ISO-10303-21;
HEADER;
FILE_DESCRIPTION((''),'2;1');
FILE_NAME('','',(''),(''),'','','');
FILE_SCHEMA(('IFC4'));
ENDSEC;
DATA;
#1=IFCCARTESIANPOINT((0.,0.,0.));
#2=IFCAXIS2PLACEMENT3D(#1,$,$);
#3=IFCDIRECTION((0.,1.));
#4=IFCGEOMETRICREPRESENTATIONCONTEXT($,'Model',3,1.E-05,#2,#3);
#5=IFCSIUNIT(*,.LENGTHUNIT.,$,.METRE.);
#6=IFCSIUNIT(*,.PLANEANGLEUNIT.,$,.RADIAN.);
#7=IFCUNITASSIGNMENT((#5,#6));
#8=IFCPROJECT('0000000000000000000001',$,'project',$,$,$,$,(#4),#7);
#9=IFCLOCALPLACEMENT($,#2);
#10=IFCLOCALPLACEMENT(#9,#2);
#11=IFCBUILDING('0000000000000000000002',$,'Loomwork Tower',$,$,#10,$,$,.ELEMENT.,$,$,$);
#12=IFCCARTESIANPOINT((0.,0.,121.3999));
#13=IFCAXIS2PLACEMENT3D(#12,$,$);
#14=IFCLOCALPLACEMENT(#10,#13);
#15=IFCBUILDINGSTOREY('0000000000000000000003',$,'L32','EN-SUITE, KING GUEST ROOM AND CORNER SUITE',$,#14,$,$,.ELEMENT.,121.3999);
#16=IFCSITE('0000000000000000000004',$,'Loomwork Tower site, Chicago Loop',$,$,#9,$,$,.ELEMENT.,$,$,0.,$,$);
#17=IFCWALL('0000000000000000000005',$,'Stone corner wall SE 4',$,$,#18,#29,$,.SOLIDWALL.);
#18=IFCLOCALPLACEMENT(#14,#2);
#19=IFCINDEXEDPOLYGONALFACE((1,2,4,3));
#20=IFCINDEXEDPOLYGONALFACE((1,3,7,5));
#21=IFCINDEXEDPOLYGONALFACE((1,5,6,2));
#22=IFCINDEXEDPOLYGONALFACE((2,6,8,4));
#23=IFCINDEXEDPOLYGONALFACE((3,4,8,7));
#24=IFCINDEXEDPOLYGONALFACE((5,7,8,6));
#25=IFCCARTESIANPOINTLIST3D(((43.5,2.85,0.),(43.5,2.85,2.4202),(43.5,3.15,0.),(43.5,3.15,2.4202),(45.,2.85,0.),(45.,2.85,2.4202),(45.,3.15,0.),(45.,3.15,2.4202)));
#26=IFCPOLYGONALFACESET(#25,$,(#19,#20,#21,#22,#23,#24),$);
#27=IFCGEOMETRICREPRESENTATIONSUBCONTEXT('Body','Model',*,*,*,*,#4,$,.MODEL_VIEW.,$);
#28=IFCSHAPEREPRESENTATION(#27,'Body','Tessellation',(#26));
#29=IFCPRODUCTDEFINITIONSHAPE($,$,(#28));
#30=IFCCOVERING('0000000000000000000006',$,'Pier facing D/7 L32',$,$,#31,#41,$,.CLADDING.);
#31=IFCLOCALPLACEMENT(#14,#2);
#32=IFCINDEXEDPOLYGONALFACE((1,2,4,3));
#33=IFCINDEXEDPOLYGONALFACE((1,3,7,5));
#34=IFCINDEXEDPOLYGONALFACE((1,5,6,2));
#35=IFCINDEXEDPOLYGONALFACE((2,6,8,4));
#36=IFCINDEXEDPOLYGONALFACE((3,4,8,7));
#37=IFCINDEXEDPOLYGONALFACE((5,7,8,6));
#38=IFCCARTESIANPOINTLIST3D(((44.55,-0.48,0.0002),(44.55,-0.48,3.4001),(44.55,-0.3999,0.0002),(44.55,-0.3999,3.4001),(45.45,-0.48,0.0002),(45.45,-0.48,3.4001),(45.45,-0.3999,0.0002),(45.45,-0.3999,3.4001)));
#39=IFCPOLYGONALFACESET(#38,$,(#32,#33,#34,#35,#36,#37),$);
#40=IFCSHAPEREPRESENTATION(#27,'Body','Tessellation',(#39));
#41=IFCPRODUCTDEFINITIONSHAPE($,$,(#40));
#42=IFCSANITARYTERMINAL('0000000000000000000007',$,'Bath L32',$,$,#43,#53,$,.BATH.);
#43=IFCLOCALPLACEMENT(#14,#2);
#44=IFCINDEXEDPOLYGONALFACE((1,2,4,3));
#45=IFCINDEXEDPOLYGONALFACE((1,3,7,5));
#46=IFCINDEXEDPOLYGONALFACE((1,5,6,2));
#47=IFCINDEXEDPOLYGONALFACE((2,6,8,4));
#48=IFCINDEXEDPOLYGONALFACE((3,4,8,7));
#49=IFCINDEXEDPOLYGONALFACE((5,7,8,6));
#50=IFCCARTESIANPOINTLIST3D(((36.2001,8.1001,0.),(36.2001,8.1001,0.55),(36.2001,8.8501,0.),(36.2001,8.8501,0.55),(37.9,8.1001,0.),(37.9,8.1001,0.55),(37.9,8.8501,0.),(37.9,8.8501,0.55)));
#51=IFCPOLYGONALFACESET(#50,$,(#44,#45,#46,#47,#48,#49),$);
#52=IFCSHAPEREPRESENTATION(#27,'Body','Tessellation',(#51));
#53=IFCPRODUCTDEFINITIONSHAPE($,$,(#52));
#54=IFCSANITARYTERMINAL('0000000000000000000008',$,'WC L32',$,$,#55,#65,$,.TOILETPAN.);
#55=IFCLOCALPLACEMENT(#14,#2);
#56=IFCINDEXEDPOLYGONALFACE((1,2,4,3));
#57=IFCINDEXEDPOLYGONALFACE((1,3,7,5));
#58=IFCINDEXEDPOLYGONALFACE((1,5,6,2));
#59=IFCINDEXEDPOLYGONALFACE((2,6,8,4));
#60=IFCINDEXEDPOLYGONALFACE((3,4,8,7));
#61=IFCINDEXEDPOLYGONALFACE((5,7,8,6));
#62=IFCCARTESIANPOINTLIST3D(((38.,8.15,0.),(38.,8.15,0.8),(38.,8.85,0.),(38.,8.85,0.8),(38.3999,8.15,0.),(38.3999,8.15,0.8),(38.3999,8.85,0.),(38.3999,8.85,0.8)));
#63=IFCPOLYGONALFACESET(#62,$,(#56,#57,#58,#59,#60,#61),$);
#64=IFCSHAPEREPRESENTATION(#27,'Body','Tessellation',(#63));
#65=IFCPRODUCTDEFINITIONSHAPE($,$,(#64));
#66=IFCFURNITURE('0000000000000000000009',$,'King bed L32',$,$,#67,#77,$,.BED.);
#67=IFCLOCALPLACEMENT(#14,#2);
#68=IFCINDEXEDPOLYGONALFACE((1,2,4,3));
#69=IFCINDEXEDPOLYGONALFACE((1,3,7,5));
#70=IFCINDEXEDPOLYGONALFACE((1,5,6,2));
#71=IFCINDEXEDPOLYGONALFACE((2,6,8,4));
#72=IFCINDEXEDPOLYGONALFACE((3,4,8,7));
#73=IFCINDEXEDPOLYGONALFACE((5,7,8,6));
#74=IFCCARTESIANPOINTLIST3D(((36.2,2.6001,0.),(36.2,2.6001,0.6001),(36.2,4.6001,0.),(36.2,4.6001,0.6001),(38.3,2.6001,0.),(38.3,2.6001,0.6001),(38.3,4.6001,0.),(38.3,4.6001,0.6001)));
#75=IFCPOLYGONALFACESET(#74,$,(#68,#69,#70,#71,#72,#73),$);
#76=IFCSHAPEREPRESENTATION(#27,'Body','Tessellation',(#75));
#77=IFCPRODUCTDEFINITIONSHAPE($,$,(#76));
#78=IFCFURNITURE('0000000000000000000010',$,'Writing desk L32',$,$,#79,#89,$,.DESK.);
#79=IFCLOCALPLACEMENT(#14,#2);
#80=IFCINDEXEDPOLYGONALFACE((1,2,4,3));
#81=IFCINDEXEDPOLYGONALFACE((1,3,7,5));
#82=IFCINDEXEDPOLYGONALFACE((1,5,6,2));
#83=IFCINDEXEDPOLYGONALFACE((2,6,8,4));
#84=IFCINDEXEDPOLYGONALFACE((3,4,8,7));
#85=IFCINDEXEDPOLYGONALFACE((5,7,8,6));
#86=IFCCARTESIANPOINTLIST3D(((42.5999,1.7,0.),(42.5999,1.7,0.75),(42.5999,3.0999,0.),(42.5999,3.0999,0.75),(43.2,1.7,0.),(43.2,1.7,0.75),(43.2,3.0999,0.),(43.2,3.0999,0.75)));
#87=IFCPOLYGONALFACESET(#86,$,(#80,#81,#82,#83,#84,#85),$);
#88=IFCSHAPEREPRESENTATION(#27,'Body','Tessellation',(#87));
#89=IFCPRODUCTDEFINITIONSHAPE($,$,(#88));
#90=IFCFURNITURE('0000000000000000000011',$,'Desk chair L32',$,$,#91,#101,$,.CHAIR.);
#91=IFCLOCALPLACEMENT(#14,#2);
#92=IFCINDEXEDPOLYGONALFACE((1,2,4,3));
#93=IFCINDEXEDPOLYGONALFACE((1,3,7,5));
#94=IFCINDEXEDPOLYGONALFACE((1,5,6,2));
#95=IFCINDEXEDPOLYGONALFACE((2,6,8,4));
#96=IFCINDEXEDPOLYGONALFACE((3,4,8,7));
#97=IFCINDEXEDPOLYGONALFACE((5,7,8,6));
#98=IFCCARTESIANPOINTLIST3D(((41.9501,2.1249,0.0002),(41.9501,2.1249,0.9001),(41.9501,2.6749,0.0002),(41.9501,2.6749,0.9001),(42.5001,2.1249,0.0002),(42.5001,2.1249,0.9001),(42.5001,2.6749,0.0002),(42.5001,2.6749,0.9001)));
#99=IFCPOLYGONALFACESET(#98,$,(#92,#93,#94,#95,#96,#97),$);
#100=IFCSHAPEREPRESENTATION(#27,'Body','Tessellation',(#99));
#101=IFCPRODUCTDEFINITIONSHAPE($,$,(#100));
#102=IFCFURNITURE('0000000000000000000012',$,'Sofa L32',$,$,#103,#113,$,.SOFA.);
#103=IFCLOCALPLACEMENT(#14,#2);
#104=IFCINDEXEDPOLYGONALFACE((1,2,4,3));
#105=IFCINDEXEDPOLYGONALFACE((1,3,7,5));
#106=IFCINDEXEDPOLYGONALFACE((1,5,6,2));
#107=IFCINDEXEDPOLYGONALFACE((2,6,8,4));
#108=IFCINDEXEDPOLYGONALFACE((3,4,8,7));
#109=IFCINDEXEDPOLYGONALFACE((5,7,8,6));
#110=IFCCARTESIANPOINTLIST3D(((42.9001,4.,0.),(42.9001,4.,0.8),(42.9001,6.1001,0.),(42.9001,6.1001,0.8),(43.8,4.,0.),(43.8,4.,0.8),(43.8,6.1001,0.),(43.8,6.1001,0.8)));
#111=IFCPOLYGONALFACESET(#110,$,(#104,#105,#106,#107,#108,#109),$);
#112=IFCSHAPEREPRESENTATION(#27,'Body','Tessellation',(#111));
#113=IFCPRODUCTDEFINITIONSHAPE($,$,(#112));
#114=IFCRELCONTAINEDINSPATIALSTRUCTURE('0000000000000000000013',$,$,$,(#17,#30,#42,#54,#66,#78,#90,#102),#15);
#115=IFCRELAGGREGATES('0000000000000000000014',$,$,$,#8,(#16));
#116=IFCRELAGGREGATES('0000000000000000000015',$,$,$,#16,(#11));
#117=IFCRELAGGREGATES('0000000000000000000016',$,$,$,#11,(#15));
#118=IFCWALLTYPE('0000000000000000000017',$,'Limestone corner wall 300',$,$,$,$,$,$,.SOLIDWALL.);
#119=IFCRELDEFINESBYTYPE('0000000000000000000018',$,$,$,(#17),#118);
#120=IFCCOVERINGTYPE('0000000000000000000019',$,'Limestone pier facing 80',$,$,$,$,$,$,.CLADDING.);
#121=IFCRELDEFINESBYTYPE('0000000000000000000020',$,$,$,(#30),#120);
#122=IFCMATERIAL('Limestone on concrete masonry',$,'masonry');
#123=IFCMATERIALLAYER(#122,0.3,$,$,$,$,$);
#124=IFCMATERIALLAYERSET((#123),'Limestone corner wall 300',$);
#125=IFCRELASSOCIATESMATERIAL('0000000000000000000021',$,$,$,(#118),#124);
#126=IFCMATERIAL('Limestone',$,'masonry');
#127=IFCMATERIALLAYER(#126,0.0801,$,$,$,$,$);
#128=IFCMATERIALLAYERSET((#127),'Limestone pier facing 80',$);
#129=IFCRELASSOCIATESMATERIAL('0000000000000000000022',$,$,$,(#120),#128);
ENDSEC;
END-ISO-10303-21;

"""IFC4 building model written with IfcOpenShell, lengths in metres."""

from ifc_helpers import new_model, si_unit, direction, frame, frame_2d, origin, origin_2d, place, context, subcontext, project, spatial, rectangle, extrude, material, layer, layer_set, type_object, element, save


model = new_model("IFC4")

# Units and contexts
model_context = context("Model", 3, precision=1e-05, world=origin(), true_north=direction((0.0, 1.0)))
body_context = subcontext(model_context, "Body", "Model", "MODEL_VIEW")
ifc_project = project(units=[si_unit("LENGTHUNIT", "METRE"), si_unit("PLANEANGLEUNIT", "RADIAN")], contexts=[model_context])

# Site, building, storey
site_placement = place(None, origin())
site = spatial("IfcSite", under=ifc_project, at=site_placement, Name="Loomwork Tower site, Chicago Loop", CompositionType="ELEMENT", RefElevation=0.0)
building_placement = place(site_placement, origin())
building = spatial("IfcBuilding", under=site, at=building_placement, Name="Loomwork Tower", CompositionType="ELEMENT")
storey_placement = place(building_placement, frame((0.0, 0.0, 121.3999)))
storey = spatial("IfcBuildingStorey", under=building, at=storey_placement, Name="L32", Description="EN-SUITE, KING GUEST ROOM AND CORNER SUITE", CompositionType="ELEMENT", Elevation=121.3999)

# Shared definitions
ifc_material_1 = material(Name="Limestone on concrete masonry", Category="masonry")
ifc_layer_1 = layer(ifc_material_1, 0.3)
ifc_layer_set_1 = layer_set([ifc_layer_1], Name="Limestone corner wall 300")
wall_type_1 = type_object("IfcWallType", Name="Limestone corner wall 300", PredefinedType="SOLIDWALL", material=ifc_layer_set_1)

# Wall
wall_1_placement = place(storey_placement, frame((43.5, 3.0, 0.0), z_axis=(0.0, 0.0, 1.0), x_axis=(1.0, 0.0, 0.0)))
element("IfcWall", 1, at=wall_1_placement, inside=storey, type_object=wall_type_1, Name="Stone corner wall SE 4", PredefinedType="SOLIDWALL", context=body_context, shape_type="SweptSolid", body=[
    extrude(rectangle(XDim=1.5, YDim=0.3, at=frame_2d((0.75, 0.0))), origin(), (0.0, 0.0, 1.0), 2.4202),
])

# Covering
ifc_material_2 = material(Name="Limestone", Category="masonry")
ifc_layer_2 = layer(ifc_material_2, 0.0801)
ifc_layer_set_2 = layer_set([ifc_layer_2], Name="Limestone pier facing 80")
covering_type = type_object("IfcCoveringType", Name="Limestone pier facing 80", PredefinedType="CLADDING", material=ifc_layer_set_2)
covering_placement = place(storey_placement, frame((45.0, -0.4399, 0.0002), z_axis=(0.0, 0.0, 1.0), x_axis=(1.0, 0.0, 0.0)))
element("IfcCovering", 2, at=covering_placement, inside=storey, type_object=covering_type, Name="Pier facing D/7 L32", PredefinedType="CLADDING", context=body_context, shape_type="SweptSolid", body=[
    extrude(rectangle(XDim=0.8999, YDim=0.0801, at=origin_2d()), origin(), (0.0, 0.0, 1.0), 3.3999),
])

# Sanitary terminals
sanitary_terminal_1_placement = place(storey_placement, frame((37.05, 8.4751, 0.0), z_axis=(0.0, 0.0, 1.0), x_axis=(1.0, 0.0, 0.0)))
element("IfcSanitaryTerminal", 3, at=sanitary_terminal_1_placement, inside=storey, Name="Bath L32", PredefinedType="BATH", context=body_context, shape_type="SweptSolid", body=[
    extrude(rectangle(XDim=1.7, YDim=0.75, at=origin_2d()), origin(), (0.0, 0.0, 1.0), 0.55),
])
sanitary_terminal_2_placement = place(storey_placement, frame((38.2, 8.5, 0.0), z_axis=(0.0, 0.0, 1.0), x_axis=(1.0, 0.0, 0.0)))
element("IfcSanitaryTerminal", 4, at=sanitary_terminal_2_placement, inside=storey, Name="WC L32", PredefinedType="TOILETPAN", context=body_context, shape_type="SweptSolid", body=[
    extrude(rectangle(XDim=0.3999, YDim=0.7, at=origin_2d()), origin(), (0.0, 0.0, 1.0), 0.8),
])

# Furniture
furniture_1_placement = place(storey_placement, frame((37.25, 3.6001, 0.0), z_axis=(0.0, 0.0, 1.0), x_axis=(1.0, 0.0, 0.0)))
element("IfcFurniture", 5, at=furniture_1_placement, inside=storey, Name="King bed L32", PredefinedType="BED", context=body_context, shape_type="SweptSolid", body=[
    extrude(rectangle(XDim=2.1001, YDim=2.0, at=origin_2d()), origin(), (0.0, 0.0, 1.0), 0.6001),
])
furniture_2_placement = place(storey_placement, frame((42.8999, 2.3999, 0.0), z_axis=(0.0, 0.0, 1.0), x_axis=(1.0, 0.0, 0.0)))
element("IfcFurniture", 6, at=furniture_2_placement, inside=storey, Name="Writing desk L32", PredefinedType="DESK", context=body_context, shape_type="SweptSolid", body=[
    extrude(rectangle(XDim=0.6001, YDim=1.3999, at=origin_2d()), origin(), (0.0, 0.0, 1.0), 0.75),
])
furniture_3_placement = place(storey_placement, frame((42.2251, 2.3999, 0.0002), z_axis=(0.0, 0.0, 1.0), x_axis=(1.0, 0.0, 0.0)))
element("IfcFurniture", 7, at=furniture_3_placement, inside=storey, Name="Desk chair L32", PredefinedType="CHAIR", context=body_context, shape_type="SweptSolid", body=[
    extrude(rectangle(XDim=0.55, YDim=0.55, at=origin_2d()), origin(), (0.0, 0.0, 1.0), 0.8999),
])
furniture_4_placement = place(storey_placement, frame((43.3501, 5.05, 0.0), z_axis=(0.0, 0.0, 1.0), x_axis=(1.0, 0.0, 0.0)))
element("IfcFurniture", 8, at=furniture_4_placement, inside=storey, Name="Sofa L32", PredefinedType="SOFA", context=body_context, shape_type="SweptSolid", body=[
    extrude(rectangle(XDim=0.8999, YDim=2.1001, at=origin_2d()), origin(), (0.0, 0.0, 1.0), 0.8),
])

save(model, "model.ifc")
